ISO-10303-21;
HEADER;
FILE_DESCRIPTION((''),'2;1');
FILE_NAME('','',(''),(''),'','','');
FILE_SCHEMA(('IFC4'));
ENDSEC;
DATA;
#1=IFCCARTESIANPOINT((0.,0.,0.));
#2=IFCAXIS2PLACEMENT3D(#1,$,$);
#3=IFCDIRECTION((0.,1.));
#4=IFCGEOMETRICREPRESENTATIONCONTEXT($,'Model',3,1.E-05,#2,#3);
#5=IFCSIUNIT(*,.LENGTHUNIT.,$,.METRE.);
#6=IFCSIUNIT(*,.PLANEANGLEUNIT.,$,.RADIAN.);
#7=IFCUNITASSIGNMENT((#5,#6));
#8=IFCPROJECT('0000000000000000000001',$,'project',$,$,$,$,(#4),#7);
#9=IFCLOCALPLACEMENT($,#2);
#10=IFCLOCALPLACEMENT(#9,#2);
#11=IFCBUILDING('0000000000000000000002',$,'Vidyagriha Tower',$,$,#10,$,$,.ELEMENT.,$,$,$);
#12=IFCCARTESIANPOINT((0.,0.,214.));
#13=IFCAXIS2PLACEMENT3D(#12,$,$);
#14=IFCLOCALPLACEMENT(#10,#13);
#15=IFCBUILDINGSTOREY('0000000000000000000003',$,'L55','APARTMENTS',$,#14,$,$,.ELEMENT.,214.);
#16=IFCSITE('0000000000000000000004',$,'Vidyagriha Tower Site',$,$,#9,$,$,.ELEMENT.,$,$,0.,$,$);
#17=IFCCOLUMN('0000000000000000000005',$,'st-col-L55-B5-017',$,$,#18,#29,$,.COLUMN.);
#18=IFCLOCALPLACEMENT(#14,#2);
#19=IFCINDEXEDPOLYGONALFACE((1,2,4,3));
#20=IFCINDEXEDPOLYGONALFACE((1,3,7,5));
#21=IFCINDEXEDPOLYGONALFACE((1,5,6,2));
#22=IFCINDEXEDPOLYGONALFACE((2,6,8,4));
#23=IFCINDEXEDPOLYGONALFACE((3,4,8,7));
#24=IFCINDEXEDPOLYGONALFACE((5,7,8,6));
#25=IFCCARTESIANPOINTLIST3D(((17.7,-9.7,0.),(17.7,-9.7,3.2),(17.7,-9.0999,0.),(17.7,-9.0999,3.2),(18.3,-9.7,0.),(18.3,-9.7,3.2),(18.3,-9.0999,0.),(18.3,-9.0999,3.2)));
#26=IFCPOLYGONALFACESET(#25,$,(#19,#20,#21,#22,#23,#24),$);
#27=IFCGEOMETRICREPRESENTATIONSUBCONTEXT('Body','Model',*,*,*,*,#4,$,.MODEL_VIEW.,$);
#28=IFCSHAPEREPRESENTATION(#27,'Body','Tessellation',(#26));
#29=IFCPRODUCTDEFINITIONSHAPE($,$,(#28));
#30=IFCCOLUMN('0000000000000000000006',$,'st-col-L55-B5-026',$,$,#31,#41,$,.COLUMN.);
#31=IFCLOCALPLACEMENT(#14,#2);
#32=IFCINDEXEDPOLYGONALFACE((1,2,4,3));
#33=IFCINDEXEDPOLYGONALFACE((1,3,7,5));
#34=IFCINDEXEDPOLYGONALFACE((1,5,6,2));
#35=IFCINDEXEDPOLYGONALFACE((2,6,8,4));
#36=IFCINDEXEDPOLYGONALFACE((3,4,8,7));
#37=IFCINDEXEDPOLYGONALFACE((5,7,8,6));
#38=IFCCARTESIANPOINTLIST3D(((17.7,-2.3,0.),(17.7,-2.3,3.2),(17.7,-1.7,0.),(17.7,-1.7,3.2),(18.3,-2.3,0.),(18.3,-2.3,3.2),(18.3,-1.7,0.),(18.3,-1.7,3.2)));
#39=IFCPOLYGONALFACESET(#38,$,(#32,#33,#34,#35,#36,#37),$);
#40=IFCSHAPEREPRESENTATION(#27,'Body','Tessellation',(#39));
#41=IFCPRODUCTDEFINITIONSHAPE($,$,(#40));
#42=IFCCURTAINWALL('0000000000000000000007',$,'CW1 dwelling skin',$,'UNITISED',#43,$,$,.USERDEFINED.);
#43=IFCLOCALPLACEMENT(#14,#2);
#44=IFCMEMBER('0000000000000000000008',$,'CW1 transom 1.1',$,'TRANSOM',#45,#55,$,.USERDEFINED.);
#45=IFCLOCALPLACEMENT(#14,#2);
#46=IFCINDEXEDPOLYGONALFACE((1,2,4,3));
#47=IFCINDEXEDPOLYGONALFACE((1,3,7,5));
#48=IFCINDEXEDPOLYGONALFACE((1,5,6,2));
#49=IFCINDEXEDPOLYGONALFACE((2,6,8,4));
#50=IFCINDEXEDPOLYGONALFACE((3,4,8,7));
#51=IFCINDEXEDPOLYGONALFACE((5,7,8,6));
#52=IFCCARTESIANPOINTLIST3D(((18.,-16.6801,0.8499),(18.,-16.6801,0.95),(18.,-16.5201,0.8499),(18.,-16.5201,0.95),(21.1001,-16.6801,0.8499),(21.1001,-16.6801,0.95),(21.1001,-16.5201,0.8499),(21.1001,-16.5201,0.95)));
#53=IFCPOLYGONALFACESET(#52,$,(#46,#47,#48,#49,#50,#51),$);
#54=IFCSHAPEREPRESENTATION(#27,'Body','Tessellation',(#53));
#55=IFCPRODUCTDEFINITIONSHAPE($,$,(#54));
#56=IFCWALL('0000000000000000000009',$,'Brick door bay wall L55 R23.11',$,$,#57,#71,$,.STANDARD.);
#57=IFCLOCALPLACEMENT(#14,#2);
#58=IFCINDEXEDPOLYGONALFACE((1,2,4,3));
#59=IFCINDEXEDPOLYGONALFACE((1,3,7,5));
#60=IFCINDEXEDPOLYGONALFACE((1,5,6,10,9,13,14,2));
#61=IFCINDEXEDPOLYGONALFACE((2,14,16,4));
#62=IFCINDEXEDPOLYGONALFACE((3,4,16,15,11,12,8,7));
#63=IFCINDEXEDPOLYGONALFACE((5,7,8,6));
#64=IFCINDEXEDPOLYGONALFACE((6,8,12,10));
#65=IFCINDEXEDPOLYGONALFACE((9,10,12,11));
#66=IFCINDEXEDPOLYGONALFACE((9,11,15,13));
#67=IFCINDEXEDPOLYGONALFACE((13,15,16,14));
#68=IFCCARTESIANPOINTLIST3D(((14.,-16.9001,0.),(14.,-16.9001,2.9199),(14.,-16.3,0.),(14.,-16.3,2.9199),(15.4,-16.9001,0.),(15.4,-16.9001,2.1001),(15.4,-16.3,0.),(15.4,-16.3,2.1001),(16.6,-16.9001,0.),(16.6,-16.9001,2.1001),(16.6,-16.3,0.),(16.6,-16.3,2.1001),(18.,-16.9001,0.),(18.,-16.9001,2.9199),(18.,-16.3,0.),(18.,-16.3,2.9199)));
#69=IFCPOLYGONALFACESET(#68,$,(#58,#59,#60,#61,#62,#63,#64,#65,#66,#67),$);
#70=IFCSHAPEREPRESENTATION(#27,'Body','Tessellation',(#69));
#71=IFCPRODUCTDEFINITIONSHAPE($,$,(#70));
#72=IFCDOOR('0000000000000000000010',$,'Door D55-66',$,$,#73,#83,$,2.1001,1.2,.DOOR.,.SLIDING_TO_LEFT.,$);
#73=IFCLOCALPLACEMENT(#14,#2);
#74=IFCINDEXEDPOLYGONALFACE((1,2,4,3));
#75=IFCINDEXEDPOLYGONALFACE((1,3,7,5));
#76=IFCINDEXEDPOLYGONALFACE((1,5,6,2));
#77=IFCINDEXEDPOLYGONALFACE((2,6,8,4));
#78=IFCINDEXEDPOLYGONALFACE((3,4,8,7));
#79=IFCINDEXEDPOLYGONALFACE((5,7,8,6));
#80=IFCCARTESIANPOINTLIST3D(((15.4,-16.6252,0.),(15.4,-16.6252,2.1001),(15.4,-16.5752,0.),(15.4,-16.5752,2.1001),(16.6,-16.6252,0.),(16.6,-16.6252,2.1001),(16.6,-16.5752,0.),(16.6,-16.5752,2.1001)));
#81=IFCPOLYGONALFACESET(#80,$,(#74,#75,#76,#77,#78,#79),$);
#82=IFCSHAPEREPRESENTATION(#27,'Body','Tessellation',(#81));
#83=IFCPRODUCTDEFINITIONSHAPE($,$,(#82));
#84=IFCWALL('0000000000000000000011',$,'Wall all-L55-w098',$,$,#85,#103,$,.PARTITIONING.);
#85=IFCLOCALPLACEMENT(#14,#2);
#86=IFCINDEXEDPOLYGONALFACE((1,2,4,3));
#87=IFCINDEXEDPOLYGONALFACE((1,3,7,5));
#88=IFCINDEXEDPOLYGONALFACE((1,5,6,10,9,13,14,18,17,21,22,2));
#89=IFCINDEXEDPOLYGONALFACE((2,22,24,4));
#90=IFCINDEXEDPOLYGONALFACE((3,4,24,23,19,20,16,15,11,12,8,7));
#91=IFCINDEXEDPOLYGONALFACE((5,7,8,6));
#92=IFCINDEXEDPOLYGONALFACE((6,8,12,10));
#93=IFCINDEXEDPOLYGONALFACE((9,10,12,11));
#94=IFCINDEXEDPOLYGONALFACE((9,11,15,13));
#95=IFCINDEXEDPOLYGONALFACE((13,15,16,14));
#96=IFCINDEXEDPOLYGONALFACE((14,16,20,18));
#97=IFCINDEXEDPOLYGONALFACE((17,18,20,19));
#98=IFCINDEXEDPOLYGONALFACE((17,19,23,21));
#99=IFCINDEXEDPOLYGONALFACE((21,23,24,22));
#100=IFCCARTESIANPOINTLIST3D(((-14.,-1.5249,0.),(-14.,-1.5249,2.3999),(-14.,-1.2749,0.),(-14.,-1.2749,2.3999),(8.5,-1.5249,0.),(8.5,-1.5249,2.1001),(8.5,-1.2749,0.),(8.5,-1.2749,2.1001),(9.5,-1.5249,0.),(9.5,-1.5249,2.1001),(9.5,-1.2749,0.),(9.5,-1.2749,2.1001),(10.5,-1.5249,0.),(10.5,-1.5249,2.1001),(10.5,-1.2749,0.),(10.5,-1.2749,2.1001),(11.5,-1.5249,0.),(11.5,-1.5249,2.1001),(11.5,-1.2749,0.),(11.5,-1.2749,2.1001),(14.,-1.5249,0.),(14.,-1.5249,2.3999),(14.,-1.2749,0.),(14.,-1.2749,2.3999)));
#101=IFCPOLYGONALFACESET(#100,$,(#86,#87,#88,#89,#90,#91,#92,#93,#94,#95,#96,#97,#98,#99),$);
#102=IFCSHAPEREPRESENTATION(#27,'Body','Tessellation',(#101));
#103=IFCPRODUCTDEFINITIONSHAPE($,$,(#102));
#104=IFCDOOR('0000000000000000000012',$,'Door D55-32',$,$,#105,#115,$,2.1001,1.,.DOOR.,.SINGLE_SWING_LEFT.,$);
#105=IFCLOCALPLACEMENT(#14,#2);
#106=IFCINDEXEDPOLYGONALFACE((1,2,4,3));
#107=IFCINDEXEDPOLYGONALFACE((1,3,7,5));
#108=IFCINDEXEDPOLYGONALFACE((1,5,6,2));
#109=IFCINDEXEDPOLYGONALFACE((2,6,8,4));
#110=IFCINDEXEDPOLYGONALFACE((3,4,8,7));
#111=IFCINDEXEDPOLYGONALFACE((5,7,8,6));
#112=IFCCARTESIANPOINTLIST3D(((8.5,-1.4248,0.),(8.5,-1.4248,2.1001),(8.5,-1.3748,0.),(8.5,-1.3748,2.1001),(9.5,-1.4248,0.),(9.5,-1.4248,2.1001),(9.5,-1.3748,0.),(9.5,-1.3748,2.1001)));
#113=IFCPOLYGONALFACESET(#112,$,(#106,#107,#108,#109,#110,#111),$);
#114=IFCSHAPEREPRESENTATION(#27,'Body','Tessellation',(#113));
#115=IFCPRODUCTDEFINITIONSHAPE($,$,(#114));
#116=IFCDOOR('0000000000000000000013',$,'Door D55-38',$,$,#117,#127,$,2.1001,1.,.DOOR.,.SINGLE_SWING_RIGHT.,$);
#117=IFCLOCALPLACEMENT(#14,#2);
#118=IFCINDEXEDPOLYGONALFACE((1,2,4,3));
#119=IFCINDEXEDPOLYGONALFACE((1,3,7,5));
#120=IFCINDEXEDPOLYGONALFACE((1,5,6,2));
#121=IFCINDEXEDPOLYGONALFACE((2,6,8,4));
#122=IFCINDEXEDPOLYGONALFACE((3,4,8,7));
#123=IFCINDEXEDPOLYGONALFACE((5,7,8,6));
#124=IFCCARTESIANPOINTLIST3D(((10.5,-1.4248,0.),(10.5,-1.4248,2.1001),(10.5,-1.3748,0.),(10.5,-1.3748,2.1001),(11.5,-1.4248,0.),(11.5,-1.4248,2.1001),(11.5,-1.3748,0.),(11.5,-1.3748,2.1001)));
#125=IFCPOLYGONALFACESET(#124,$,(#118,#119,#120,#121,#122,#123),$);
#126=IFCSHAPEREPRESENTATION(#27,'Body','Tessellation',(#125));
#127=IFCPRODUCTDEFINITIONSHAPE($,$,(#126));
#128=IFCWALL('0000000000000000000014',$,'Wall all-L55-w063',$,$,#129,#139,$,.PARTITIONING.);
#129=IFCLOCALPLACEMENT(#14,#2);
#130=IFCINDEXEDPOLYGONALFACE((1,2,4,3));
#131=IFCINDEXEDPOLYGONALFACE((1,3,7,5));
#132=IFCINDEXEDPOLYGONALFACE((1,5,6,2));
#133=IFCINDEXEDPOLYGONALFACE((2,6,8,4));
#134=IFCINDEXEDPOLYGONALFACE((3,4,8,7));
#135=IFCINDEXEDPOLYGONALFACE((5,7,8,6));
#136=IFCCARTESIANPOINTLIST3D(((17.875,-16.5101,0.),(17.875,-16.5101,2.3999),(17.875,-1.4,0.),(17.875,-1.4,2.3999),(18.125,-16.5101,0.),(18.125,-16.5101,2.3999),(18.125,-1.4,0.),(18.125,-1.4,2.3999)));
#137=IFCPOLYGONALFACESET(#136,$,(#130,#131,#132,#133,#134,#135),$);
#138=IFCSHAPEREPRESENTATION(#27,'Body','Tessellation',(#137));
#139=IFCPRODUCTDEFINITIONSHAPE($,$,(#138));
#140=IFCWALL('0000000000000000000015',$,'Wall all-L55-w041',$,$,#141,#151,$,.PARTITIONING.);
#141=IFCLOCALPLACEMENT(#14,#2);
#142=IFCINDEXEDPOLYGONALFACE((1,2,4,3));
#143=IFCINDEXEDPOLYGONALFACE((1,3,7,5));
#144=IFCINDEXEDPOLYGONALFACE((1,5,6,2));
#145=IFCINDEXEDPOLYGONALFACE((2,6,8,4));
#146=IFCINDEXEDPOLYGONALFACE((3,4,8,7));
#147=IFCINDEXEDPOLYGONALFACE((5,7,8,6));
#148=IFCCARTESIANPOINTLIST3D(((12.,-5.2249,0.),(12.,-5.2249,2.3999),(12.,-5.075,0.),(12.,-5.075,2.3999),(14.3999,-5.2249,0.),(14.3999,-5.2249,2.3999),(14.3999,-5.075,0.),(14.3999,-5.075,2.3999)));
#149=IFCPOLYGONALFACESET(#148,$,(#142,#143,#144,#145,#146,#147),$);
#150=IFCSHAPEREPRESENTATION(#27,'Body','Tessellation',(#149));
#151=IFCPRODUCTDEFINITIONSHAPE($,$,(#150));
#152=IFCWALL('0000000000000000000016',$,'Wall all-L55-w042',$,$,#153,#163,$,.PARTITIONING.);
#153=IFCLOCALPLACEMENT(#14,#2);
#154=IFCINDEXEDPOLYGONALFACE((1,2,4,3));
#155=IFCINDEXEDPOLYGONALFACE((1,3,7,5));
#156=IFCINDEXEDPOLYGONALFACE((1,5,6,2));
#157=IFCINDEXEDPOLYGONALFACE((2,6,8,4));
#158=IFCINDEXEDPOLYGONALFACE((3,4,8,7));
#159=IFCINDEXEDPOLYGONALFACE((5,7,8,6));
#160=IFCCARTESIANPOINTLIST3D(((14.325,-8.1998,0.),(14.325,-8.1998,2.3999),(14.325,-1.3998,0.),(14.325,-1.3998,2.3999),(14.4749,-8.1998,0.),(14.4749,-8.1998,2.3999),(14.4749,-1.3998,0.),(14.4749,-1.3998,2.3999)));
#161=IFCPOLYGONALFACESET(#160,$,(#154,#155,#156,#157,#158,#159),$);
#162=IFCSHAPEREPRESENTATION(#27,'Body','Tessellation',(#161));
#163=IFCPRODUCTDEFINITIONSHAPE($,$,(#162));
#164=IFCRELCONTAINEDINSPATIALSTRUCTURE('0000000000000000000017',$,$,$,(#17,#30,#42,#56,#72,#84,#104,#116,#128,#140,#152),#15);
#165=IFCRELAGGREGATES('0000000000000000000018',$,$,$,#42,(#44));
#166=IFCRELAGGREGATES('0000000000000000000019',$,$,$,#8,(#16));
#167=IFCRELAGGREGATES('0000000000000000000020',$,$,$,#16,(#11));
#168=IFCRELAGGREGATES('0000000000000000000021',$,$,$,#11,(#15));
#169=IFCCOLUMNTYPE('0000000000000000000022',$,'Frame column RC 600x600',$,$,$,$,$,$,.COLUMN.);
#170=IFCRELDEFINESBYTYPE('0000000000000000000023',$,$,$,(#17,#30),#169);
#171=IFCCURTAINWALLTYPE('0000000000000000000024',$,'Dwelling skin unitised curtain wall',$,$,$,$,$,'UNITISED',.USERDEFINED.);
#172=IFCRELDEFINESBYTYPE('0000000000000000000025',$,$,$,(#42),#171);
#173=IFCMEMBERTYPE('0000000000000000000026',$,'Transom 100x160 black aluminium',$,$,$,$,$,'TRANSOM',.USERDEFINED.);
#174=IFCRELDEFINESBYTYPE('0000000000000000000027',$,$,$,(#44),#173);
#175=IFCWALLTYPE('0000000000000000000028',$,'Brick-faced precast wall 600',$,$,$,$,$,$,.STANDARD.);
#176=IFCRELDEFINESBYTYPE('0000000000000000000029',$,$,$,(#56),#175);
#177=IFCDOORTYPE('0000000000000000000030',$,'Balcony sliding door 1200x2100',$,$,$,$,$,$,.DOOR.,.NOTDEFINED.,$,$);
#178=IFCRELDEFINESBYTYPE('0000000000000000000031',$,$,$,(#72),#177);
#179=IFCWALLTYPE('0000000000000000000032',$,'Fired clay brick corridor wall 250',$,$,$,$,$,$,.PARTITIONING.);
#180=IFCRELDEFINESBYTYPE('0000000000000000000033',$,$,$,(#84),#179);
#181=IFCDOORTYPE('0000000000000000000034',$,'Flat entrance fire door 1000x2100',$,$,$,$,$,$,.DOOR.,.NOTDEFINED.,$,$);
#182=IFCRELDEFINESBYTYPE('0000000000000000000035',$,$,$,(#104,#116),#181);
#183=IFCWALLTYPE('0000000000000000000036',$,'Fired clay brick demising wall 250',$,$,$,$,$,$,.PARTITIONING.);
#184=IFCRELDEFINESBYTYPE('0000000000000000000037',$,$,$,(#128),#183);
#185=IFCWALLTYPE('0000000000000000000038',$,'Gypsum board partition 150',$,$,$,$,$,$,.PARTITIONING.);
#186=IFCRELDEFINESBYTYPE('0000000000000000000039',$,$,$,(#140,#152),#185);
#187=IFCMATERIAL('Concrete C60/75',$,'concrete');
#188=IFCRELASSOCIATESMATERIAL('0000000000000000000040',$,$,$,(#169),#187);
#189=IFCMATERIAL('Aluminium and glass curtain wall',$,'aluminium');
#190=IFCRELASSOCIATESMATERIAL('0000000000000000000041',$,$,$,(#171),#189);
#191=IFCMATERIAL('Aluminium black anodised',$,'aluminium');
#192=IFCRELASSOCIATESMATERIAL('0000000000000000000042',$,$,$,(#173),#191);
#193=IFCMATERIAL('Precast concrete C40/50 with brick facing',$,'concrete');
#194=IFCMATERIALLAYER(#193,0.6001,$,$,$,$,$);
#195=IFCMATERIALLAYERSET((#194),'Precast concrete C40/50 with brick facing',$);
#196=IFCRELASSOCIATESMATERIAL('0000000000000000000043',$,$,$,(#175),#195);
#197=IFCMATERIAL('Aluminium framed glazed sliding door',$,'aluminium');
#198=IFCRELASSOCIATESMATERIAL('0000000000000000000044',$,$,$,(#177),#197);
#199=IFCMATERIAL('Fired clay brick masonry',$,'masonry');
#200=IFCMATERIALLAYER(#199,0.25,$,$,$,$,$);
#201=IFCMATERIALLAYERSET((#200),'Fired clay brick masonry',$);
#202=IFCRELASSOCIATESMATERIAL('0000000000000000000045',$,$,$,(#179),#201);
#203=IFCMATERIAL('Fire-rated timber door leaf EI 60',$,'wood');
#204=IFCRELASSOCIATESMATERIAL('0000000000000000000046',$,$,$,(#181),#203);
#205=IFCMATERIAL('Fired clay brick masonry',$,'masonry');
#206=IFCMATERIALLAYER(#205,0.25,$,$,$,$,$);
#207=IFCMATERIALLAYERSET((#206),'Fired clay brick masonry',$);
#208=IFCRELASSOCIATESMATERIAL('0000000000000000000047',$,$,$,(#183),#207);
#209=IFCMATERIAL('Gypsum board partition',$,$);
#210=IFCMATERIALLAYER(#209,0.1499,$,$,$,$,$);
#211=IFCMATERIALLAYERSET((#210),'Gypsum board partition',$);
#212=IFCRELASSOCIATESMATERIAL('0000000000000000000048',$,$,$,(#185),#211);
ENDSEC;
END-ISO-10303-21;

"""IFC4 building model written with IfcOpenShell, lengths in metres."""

from ifc_helpers import new_model, si_unit, direction, frame, frame_2d, origin, origin_2d, place, context, subcontext, project, spatial, rectangle, extrude, material, layer, layer_set, material_profile, profile_set, type_object, element, fill, aggregate, save


model = new_model("IFC4")

# Units and contexts
model_context = context("Model", 3, precision=1e-05, world=origin(), true_north=direction((0.0, 1.0)))
body_context = subcontext(model_context, "Body", "Model", "MODEL_VIEW")
ifc_project = project(units=[si_unit("LENGTHUNIT", "METRE"), si_unit("PLANEANGLEUNIT", "RADIAN")], contexts=[model_context])

# Site, building, storey
site_placement = place(None, origin())
site = spatial("IfcSite", under=ifc_project, at=site_placement, Name="Vidyagriha Tower Site", CompositionType="ELEMENT", RefElevation=0.0)
building_placement = place(site_placement, origin())
building = spatial("IfcBuilding", under=site, at=building_placement, Name="Vidyagriha Tower", CompositionType="ELEMENT")
storey_placement = place(building_placement, frame((0.0, 0.0, 214.0)))
storey = spatial("IfcBuildingStorey", under=building, at=storey_placement, Name="L55", Description="APARTMENTS", CompositionType="ELEMENT", Elevation=214.0)

# Columns
ifc_material_1 = material(Name="Concrete C60/75", Category="concrete")
ifc_material_profile_1 = material_profile(ifc_material_1, rectangle(XDim=0.6001, YDim=0.6001, at=origin_2d()), Name="RC 600x600")
ifc_profile_set_1 = profile_set([ifc_material_profile_1], Name="Concrete C60/75")
column_type = type_object("IfcColumnType", Name="Frame column RC 600x600", PredefinedType="COLUMN", material=ifc_profile_set_1)
for number, where, name in (
    (1, (18.0, -9.3999, 0.0), "st-col-L55-B5-017"),
    (2, (18.0, -2.0, 0.0), "st-col-L55-B5-026"),
):
    element("IfcColumn", number, at=place(storey_placement, frame(where)), inside=storey, type_object=column_type, Name=name, PredefinedType="COLUMN", context=body_context, shape_type="SweptSolid", body=[
        extrude(rectangle(XDim=0.6001, YDim=0.6001, at=origin_2d()), origin(), (0.0, 0.0, 1.0), 3.2),
    ])

# Curtain wall, member
ifc_material_2 = material(Name="Aluminium and glass curtain wall", Category="aluminium")
curtain_wall_type = type_object("IfcCurtainWallType", Name="Dwelling skin unitised curtain wall", ElementType="UNITISED", PredefinedType="USERDEFINED", material=ifc_material_2)
curtain_wall_placement = place(storey_placement, origin())
curtain_wall = element("IfcCurtainWall", 3, at=curtain_wall_placement, inside=storey, type_object=curtain_wall_type, Name="CW1 dwelling skin", ObjectType="UNITISED", PredefinedType="USERDEFINED")
ifc_material_3 = material(Name="Aluminium black anodised", Category="aluminium")
ifc_material_profile_2 = material_profile(ifc_material_3, rectangle(XDim=0.1599, YDim=0.1001, at=origin_2d()), Name="Transom 100x160 black aluminium")
ifc_profile_set_2 = profile_set([ifc_material_profile_2], Name="Aluminium black anodised")
member_type = type_object("IfcMemberType", Name="Transom 100x160 black aluminium", ElementType="TRANSOM", PredefinedType="USERDEFINED", material=ifc_profile_set_2)
member_placement = place(storey_placement, frame((18.0, -16.6001, 0.8999), z_axis=(1.0, 0.0, 0.0), x_axis=(0.0, 1.0, 0.0)))
member = element("IfcMember", 4, at=member_placement, type_object=member_type, Name="CW1 transom 1.1", ObjectType="TRANSOM", PredefinedType="USERDEFINED", context=body_context, shape_type="SweptSolid", body=[
    extrude(rectangle(XDim=0.1599, YDim=0.1001, at=origin_2d()), origin(), (0.0, 0.0, 1.0), 3.1001),
])
aggregate(curtain_wall, [member])

# Wall, opening, door
ifc_material_4 = material(Name="Precast concrete C40/50 with brick facing", Category="concrete")
ifc_layer_1 = layer(ifc_material_4, 0.6001)
ifc_layer_set_1 = layer_set([ifc_layer_1], Name="Precast concrete C40/50 with brick facing")
wall_type_1 = type_object("IfcWallType", Name="Brick-faced precast wall 600", PredefinedType="STANDARD", material=ifc_layer_set_1)
wall_1_placement = place(storey_placement, frame((14.0, -16.6001, 0.0)))
wall_1 = element("IfcWall", 5, at=wall_1_placement, inside=storey, type_object=wall_type_1, Name="Brick door bay wall L55 R23.11", PredefinedType="STANDARD", context=body_context, shape_type="SweptSolid", body=[
    extrude(rectangle(XDim=4.0, YDim=0.6001, at=frame_2d((2.0, 0.0))), origin(), (0.0, 0.0, 1.0), 2.9199),
])
opening_1_placement = place(wall_1_placement, frame((1.3999, 0.0, 0.0)))
opening_1 = element("IfcOpeningElement", 6, at=opening_1_placement, cuts=wall_1, PredefinedType="OPENING", context=body_context, shape_type="SweptSolid", body=[
    extrude(rectangle(XDim=1.2, YDim=2.1001, at=frame_2d((0.6001, 1.05))), frame((0.0, 0.3101, 0.0), z_axis=(0.0, -1.0, 0.0), x_axis=(1.0, 0.0, 0.0)), (0.0, 0.0, 1.0), 0.6201),
])
ifc_material_5 = material(Name="Aluminium framed glazed sliding door", Category="aluminium")
door_type_1 = type_object("IfcDoorType", Name="Balcony sliding door 1200x2100", OperationType="NOTDEFINED", PredefinedType="DOOR", material=ifc_material_5)
door_1_placement = place(opening_1_placement, origin())
door_1 = element("IfcDoor", 7, at=door_1_placement, inside=storey, type_object=door_type_1, Name="Door D55-66", OperationType="SLIDING_TO_LEFT", OverallHeight=2.1001, OverallWidth=1.2, PredefinedType="DOOR", context=body_context, shape_type="SweptSolid", body=[
    extrude(rectangle(XDim=1.2, YDim=2.1001, at=frame_2d((0.6001, 1.05))), frame((0.0, 0.0249, 0.0), z_axis=(0.0, -1.0, 0.0), x_axis=(1.0, 0.0, 0.0)), (0.0, 0.0, 1.0), 0.05),
])
fill(opening_1, door_1)

# Wall, openings, doors
ifc_material_6 = material(Name="Fired clay brick masonry", Category="masonry")
ifc_layer_2 = layer(ifc_material_6, 0.25)
ifc_layer_set_2 = layer_set([ifc_layer_2], Name="Fired clay brick masonry")
wall_type_2 = type_object("IfcWallType", Name="Fired clay brick corridor wall 250", PredefinedType="PARTITIONING", material=ifc_layer_set_2)
wall_2_placement = place(storey_placement, frame((14.0, -1.3999, 0.0), z_axis=(0.0, 0.0, 1.0), x_axis=(-1.0, 0.0, 0.0)))
wall_2 = element("IfcWall", 8, at=wall_2_placement, inside=storey, type_object=wall_type_2, Name="Wall all-L55-w098", PredefinedType="PARTITIONING", context=body_context, shape_type="SweptSolid", body=[
    extrude(rectangle(XDim=28.0, YDim=0.25, at=frame_2d((14.0, 0.0))), origin(), (0.0, 0.0, 1.0), 2.3999),
])
opening_2_placement = place(wall_2_placement, frame((4.5, 0.0, 0.0)))
opening_2 = element("IfcOpeningElement", 9, at=opening_2_placement, cuts=wall_2, PredefinedType="OPENING", context=body_context, shape_type="SweptSolid", body=[
    extrude(rectangle(XDim=1.0, YDim=2.1001, at=frame_2d((0.5, 1.05))), frame((0.0, 0.135, 0.0), z_axis=(0.0, -1.0, 0.0), x_axis=(1.0, 0.0, 0.0)), (0.0, 0.0, 1.0), 0.27),
])
opening_3_placement = place(wall_2_placement, frame((2.5, 0.0, 0.0)))
opening_3 = element("IfcOpeningElement", 10, at=opening_3_placement, cuts=wall_2, PredefinedType="OPENING", context=body_context, shape_type="SweptSolid", body=[
    extrude(rectangle(XDim=1.0, YDim=2.1001, at=frame_2d((0.5, 1.05))), frame((0.0, 0.135, 0.0), z_axis=(0.0, -1.0, 0.0), x_axis=(1.0, 0.0, 0.0)), (0.0, 0.0, 1.0), 0.27),
])
ifc_material_7 = material(Name="Fire-rated timber door leaf EI 60", Category="wood")
door_type_2 = type_object("IfcDoorType", Name="Flat entrance fire door 1000x2100", OperationType="NOTDEFINED", PredefinedType="DOOR", material=ifc_material_7)
door_2_placement = place(opening_2_placement, origin())
door_2 = element("IfcDoor", 11, at=door_2_placement, inside=storey, type_object=door_type_2, Name="Door D55-32", OperationType="SINGLE_SWING_LEFT", OverallHeight=2.1001, OverallWidth=1.0, PredefinedType="DOOR", context=body_context, shape_type="SweptSolid", body=[
    extrude(rectangle(XDim=1.0, YDim=2.1001, at=frame_2d((0.5, 1.05))), frame((0.0, 0.0249, 0.0), z_axis=(0.0, -1.0, 0.0), x_axis=(1.0, 0.0, 0.0)), (0.0, 0.0, 1.0), 0.05),
])
fill(opening_2, door_2)
door_3_placement = place(opening_3_placement, origin())
door_3 = element("IfcDoor", 12, at=door_3_placement, inside=storey, type_object=door_type_2, Name="Door D55-38", OperationType="SINGLE_SWING_RIGHT", OverallHeight=2.1001, OverallWidth=1.0, PredefinedType="DOOR", context=body_context, shape_type="SweptSolid", body=[
    extrude(rectangle(XDim=1.0, YDim=2.1001, at=frame_2d((0.5, 1.05))), frame((0.0, 0.0249, 0.0), z_axis=(0.0, -1.0, 0.0), x_axis=(1.0, 0.0, 0.0)), (0.0, 0.0, 1.0), 0.05),
])
fill(opening_3, door_3)

# Walls
ifc_material_8 = material(Name="Fired clay brick masonry", Category="masonry")
ifc_layer_3 = layer(ifc_material_8, 0.25)
ifc_layer_set_3 = layer_set([ifc_layer_3], Name="Fired clay brick masonry")
wall_type_3 = type_object("IfcWallType", Name="Fired clay brick demising wall 250", PredefinedType="PARTITIONING", material=ifc_layer_set_3)
wall_3_placement = place(storey_placement, frame((18.0, -1.3999, 0.0), z_axis=(0.0, 0.0, 1.0), x_axis=(0.0, -1.0, 0.0)))
element("IfcWall", 13, at=wall_3_placement, inside=storey, type_object=wall_type_3, Name="Wall all-L55-w063", PredefinedType="PARTITIONING", context=body_context, shape_type="SweptSolid", body=[
    extrude(rectangle(XDim=15.1101, YDim=0.25, at=frame_2d((7.5552, 0.0))), origin(), (0.0, 0.0, 1.0), 2.3999),
])
ifc_material_9 = material(Name="Gypsum board partition")
ifc_layer_4 = layer(ifc_material_9, 0.1499)
ifc_layer_set_4 = layer_set([ifc_layer_4], Name="Gypsum board partition")
wall_type_4 = type_object("IfcWallType", Name="Gypsum board partition 150", PredefinedType="PARTITIONING", material=ifc_layer_set_4)
wall_4_placement = place(storey_placement, frame((14.3999, -5.1499, 0.0), z_axis=(0.0, 0.0, 1.0), x_axis=(-1.0, 0.0, 0.0)))
element("IfcWall", 14, at=wall_4_placement, inside=storey, type_object=wall_type_4, Name="Wall all-L55-w041", PredefinedType="PARTITIONING", context=body_context, shape_type="SweptSolid", body=[
    extrude(rectangle(XDim=2.3999, YDim=0.1499, at=frame_2d((1.2, 0.0))), origin(), (0.0, 0.0, 1.0), 2.3999),
])
wall_5_placement = place(storey_placement, frame((14.3999, -1.3999, 0.0), z_axis=(0.0, 0.0, 1.0), x_axis=(0.0, -1.0, 0.0)))
element("IfcWall", 15, at=wall_5_placement, inside=storey, type_object=wall_type_4, Name="Wall all-L55-w042", PredefinedType="PARTITIONING", context=body_context, shape_type="SweptSolid", body=[
    extrude(rectangle(XDim=6.8, YDim=0.1499, at=frame_2d((3.3999, 0.0))), origin(), (0.0, 0.0, 1.0), 2.3999),
])

save(model, "model.ifc")
